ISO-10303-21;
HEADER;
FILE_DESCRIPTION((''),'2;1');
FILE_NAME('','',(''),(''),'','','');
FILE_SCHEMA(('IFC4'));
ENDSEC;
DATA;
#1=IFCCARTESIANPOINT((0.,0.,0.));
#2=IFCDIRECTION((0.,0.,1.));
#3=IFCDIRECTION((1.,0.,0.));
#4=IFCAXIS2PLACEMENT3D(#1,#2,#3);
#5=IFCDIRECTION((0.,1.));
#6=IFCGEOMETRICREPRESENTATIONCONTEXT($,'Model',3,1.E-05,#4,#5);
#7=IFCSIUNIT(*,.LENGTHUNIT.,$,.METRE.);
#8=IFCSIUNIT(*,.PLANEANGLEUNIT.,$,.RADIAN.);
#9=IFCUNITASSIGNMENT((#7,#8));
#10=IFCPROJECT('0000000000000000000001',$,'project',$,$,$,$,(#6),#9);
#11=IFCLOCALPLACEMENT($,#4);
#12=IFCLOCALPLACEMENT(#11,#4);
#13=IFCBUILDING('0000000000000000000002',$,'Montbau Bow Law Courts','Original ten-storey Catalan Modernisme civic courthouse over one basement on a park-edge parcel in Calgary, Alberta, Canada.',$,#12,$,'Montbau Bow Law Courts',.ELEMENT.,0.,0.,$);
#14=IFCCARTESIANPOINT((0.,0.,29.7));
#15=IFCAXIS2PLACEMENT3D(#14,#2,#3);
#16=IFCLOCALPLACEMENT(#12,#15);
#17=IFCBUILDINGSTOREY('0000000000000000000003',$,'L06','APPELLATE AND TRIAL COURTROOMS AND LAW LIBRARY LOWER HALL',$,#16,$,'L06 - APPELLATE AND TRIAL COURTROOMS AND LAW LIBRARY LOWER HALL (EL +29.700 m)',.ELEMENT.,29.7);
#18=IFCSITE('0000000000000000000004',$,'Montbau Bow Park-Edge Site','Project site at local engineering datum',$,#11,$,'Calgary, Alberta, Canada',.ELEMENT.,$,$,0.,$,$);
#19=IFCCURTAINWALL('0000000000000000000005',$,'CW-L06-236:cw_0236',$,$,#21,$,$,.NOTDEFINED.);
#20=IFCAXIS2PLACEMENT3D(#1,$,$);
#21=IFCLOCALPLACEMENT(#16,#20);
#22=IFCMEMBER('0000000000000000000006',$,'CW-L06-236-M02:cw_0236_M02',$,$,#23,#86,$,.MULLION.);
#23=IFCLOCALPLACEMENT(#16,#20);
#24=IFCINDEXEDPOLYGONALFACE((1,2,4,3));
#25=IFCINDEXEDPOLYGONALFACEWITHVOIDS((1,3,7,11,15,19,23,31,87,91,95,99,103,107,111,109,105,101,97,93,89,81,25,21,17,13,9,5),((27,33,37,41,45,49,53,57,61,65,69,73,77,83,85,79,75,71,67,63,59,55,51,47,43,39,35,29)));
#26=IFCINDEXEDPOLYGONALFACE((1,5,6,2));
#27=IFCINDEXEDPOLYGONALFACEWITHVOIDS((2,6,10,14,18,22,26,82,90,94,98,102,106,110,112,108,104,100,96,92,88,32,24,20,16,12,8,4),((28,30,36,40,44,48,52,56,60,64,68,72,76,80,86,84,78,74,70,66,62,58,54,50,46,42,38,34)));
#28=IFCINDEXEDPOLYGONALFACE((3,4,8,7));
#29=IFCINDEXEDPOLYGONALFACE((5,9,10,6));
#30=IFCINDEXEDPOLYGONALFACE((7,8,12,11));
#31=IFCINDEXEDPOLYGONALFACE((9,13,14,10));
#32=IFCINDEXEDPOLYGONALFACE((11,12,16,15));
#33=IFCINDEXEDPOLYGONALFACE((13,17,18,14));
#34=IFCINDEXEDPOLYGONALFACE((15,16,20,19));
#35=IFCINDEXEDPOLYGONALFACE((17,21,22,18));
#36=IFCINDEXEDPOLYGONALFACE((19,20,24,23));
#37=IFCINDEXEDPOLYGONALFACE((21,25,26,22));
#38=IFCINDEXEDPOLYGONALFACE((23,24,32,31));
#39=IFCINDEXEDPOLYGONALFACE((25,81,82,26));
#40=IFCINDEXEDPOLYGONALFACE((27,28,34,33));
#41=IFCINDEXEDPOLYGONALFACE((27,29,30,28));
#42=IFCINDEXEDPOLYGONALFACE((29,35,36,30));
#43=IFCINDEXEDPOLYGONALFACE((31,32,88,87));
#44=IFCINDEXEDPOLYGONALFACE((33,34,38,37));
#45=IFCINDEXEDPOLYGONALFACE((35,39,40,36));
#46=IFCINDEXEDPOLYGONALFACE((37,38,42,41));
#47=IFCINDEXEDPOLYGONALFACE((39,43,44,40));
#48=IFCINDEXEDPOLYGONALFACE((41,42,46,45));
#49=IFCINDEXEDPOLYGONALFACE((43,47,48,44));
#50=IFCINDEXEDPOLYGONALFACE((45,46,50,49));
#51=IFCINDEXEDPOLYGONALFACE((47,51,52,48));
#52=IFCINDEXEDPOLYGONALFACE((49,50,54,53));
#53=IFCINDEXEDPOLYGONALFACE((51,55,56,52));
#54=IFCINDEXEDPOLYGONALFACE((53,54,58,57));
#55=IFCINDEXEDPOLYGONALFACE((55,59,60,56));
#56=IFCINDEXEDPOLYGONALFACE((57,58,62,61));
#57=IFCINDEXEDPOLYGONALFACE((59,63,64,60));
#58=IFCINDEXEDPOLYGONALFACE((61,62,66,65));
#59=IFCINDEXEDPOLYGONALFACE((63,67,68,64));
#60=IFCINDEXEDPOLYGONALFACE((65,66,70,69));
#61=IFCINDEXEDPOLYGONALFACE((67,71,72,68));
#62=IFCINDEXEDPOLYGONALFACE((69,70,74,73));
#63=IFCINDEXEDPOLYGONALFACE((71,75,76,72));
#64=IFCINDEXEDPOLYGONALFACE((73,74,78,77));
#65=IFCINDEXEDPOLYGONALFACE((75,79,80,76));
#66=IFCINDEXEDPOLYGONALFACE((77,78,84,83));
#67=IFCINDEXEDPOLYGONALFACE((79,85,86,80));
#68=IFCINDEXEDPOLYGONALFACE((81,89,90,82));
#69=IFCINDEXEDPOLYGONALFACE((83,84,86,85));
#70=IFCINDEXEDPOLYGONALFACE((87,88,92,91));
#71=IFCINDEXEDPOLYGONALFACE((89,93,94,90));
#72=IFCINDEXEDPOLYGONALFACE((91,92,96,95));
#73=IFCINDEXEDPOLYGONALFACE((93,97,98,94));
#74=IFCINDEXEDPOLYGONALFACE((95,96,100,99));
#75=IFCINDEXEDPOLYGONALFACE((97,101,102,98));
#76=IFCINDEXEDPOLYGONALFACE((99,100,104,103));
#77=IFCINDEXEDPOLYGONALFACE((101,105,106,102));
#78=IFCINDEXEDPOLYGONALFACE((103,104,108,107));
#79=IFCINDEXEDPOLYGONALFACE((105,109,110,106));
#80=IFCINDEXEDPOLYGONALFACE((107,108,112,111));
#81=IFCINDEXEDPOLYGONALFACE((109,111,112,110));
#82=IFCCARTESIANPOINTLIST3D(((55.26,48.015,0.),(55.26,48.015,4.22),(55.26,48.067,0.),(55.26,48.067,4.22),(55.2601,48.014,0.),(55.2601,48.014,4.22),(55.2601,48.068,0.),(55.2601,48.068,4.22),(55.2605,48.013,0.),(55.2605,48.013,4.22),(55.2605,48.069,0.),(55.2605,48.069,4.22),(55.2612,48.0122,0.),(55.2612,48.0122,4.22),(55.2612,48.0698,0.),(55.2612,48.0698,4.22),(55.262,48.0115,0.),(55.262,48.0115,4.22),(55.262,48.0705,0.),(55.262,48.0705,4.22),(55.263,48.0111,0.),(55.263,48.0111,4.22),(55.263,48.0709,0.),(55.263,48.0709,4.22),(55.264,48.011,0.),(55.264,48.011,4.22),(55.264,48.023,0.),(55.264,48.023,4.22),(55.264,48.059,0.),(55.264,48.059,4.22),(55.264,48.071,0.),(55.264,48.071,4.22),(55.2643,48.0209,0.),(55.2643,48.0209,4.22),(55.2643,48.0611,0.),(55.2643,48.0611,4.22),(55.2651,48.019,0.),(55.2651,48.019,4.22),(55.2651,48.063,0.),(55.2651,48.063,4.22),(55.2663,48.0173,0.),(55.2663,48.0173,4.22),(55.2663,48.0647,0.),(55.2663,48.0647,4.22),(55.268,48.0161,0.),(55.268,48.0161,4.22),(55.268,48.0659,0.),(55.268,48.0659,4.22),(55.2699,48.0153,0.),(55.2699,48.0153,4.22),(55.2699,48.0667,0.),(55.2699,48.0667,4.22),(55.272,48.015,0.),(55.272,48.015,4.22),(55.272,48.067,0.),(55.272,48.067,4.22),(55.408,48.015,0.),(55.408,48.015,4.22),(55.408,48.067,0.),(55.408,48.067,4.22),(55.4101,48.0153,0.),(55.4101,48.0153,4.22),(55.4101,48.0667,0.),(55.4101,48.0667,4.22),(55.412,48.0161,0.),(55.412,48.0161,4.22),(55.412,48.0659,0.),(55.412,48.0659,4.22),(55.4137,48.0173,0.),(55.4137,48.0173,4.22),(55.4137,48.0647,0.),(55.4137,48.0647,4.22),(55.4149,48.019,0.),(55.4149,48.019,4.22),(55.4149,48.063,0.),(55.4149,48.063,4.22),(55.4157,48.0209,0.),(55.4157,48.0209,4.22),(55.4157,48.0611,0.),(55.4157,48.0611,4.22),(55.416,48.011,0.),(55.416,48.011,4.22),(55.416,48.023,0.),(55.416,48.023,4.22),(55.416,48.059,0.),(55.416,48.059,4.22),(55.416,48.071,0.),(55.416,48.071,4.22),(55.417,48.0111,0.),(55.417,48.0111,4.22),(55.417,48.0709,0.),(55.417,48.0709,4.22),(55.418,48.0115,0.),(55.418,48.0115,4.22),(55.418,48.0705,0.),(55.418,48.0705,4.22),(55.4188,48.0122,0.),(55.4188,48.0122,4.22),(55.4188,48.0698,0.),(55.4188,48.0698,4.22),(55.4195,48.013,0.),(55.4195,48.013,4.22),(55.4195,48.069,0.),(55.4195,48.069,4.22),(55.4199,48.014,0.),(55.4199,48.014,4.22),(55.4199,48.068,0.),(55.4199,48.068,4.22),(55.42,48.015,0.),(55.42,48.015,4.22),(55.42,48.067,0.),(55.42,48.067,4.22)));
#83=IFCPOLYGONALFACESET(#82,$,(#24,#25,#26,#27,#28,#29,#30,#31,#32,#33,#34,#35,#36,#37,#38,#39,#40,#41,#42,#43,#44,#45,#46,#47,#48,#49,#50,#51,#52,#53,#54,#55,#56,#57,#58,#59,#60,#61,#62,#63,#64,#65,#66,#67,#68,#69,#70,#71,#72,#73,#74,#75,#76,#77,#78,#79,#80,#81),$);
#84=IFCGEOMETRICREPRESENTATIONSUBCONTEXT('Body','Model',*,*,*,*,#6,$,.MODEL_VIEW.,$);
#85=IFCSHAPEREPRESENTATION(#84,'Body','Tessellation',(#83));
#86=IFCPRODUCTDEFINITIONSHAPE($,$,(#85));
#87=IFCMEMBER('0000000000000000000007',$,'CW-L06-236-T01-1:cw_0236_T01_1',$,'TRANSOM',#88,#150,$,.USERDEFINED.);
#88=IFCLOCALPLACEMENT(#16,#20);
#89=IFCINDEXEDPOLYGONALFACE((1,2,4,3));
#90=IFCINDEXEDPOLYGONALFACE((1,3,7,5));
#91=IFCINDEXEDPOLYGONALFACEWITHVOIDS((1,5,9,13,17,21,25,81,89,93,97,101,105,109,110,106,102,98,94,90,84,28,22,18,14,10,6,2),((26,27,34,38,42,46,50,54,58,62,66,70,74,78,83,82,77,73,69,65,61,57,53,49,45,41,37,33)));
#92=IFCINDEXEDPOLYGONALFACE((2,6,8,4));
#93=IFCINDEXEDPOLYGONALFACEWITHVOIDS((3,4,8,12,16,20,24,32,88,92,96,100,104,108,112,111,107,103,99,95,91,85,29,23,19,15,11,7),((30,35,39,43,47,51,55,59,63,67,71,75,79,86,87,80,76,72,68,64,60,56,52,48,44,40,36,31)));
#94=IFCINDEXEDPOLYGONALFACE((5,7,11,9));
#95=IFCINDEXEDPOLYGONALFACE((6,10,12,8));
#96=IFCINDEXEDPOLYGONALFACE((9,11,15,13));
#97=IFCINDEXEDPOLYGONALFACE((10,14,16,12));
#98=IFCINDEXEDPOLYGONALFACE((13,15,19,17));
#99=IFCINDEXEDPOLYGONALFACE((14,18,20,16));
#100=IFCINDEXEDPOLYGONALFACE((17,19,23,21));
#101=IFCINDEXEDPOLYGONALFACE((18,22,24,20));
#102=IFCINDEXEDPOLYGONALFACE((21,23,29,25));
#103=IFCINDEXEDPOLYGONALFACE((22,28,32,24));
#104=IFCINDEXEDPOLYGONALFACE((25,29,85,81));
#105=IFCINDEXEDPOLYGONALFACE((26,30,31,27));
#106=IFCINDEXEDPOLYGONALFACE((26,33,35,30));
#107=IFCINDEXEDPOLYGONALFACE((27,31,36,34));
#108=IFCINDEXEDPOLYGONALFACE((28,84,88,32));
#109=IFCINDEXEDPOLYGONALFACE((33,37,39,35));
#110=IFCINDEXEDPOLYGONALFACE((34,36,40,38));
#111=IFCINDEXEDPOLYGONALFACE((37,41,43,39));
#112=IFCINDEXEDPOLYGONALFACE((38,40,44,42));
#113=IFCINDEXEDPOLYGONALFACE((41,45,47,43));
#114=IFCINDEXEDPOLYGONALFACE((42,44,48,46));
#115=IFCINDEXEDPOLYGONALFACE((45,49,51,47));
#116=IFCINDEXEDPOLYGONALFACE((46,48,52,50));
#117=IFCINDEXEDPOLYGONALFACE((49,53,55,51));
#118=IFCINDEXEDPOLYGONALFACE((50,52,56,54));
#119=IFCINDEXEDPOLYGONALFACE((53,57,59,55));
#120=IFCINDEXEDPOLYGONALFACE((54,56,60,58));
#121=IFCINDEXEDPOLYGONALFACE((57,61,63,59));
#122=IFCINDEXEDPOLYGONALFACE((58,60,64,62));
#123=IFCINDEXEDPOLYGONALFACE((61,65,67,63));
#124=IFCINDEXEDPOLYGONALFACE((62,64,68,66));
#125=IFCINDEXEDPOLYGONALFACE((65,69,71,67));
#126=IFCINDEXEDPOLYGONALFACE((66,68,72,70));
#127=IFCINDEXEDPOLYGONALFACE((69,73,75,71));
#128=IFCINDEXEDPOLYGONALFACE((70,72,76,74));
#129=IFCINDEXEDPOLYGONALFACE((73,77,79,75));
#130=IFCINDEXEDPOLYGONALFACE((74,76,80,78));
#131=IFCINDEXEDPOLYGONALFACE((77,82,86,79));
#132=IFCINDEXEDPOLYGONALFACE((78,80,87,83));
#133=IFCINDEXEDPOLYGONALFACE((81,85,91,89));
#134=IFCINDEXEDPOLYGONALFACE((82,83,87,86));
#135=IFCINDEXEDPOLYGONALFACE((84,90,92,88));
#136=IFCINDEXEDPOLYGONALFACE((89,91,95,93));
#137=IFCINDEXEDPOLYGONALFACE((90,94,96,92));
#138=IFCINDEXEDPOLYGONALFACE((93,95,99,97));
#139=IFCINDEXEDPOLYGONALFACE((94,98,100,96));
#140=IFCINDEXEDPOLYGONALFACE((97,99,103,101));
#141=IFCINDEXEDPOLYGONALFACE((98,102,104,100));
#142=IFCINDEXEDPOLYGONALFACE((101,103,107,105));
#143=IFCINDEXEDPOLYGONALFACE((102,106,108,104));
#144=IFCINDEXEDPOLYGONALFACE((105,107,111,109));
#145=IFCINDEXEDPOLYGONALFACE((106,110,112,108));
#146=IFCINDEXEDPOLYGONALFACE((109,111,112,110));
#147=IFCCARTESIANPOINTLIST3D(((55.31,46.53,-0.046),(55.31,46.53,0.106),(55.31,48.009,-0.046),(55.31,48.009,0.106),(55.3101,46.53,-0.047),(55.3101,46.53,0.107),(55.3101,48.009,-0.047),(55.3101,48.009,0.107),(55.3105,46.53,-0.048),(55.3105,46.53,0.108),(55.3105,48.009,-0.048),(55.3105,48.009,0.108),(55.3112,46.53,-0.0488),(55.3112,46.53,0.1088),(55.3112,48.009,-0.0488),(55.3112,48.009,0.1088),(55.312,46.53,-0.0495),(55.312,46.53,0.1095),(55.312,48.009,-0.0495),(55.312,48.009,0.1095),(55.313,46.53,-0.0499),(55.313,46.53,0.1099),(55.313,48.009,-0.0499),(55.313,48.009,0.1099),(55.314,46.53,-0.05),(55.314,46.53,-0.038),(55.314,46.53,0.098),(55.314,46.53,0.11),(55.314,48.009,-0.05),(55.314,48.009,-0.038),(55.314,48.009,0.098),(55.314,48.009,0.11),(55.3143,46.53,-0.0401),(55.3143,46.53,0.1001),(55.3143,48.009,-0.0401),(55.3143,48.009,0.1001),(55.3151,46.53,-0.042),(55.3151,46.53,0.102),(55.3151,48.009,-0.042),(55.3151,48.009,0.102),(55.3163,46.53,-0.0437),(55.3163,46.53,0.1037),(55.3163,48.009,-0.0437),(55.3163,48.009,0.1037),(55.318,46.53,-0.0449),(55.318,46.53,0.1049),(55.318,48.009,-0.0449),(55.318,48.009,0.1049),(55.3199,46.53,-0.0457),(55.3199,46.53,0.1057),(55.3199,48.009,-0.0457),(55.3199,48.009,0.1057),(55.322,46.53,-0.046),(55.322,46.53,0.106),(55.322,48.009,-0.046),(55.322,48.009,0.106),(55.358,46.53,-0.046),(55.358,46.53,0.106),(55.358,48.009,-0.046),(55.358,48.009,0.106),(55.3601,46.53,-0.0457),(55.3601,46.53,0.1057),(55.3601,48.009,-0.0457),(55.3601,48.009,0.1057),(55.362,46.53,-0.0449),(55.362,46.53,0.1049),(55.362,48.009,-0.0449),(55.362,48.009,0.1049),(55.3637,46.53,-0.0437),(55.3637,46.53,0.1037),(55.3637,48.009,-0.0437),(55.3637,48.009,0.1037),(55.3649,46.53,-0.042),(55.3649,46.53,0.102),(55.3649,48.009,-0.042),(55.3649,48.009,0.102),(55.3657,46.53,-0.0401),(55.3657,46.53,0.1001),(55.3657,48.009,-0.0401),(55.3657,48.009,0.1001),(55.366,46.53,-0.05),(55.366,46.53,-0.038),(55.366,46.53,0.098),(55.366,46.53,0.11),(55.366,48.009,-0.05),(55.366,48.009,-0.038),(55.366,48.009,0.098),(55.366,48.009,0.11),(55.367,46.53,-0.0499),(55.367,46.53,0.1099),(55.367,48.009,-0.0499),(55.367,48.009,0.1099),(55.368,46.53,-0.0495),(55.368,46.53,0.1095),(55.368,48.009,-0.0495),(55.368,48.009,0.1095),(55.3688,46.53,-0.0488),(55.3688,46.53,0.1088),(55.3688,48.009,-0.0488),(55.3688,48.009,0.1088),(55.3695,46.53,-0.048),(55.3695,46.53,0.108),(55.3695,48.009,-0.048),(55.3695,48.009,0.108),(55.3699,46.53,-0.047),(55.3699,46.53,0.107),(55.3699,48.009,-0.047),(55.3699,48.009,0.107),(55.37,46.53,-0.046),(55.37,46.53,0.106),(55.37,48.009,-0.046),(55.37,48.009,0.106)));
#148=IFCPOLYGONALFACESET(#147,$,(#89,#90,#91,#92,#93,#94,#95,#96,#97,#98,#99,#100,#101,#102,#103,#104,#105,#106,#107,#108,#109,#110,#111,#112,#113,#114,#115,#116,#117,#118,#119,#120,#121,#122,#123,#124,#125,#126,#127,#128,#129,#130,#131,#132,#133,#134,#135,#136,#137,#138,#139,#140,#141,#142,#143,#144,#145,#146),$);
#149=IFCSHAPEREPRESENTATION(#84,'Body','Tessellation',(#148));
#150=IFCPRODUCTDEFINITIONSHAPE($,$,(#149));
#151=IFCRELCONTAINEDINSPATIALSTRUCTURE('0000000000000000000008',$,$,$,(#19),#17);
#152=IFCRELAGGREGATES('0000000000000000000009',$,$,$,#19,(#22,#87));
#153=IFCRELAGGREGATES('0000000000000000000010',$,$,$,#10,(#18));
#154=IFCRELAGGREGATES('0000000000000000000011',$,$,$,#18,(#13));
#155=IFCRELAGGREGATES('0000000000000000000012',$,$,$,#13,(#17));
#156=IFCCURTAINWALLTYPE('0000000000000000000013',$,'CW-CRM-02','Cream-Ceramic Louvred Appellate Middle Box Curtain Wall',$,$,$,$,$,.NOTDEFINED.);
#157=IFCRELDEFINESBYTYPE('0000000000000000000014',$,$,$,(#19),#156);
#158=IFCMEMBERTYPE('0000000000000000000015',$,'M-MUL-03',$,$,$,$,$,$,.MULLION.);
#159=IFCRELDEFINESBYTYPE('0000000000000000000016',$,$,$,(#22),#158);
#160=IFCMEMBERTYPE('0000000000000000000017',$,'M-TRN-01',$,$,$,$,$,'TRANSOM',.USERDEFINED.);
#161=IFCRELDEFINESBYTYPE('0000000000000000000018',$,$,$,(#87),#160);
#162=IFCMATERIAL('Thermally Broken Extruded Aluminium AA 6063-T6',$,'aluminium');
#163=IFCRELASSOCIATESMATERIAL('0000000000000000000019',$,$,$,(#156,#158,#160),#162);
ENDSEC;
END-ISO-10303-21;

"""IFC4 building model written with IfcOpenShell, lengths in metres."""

from ifc_helpers import new_model, si_unit, direction, frame, origin_with_axes, origin_2d_with_axis, place, context, subcontext, project, spatial, hollow_rectangle, extrude, material, material_profile, profile_set, type_object, element, aggregate, save


model = new_model("IFC4")

# Units and contexts
model_context = context("Model", 3, precision=1e-05, world=origin_with_axes(), true_north=direction((0.0, 1.0)))
body_context = subcontext(model_context, "Body", "Model", "MODEL_VIEW")
ifc_project = project(units=[si_unit("LENGTHUNIT", "METRE"), si_unit("PLANEANGLEUNIT", "RADIAN")], contexts=[model_context])

# Site, building, storey
site_placement = place(None, origin_with_axes())
site = spatial("IfcSite", under=ifc_project, at=site_placement, Name="Montbau Bow Park-Edge Site", Description="Project site at local engineering datum", LongName="Calgary, Alberta, Canada", CompositionType="ELEMENT", RefElevation=0.0)
building_placement = place(site_placement, origin_with_axes())
building = spatial("IfcBuilding", under=site, at=building_placement, Name="Montbau Bow Law Courts", Description="Original ten-storey Catalan Modernisme civic courthouse over one basement on a park-edge parcel in Calgary, Alberta, Canada.", LongName="Montbau Bow Law Courts", CompositionType="ELEMENT", ElevationOfRefHeight=0.0, ElevationOfTerrain=0.0)
storey_placement = place(building_placement, frame((0.0, 0.0, 29.7), z_axis=(0.0, 0.0, 1.0), x_axis=(1.0, 0.0, 0.0)))
storey = spatial("IfcBuildingStorey", under=building, at=storey_placement, Name="L06", Description="APPELLATE AND TRIAL COURTROOMS AND LAW LIBRARY LOWER HALL", LongName="L06 - APPELLATE AND TRIAL COURTROOMS AND LAW LIBRARY LOWER HALL (EL +29.700 m)", CompositionType="ELEMENT", Elevation=29.7)

# Shared definitions
ifc_material_1 = material(Name="Thermally Broken Extruded Aluminium AA 6063-T6", Category="aluminium")
curtain_wall_type = type_object("IfcCurtainWallType", Name="CW-CRM-02", Description="Cream-Ceramic Louvred Appellate Middle Box Curtain Wall", PredefinedType="NOTDEFINED", material=ifc_material_1)

# Curtain wall, members
curtain_wall_1_placement = place(None, frame((55.34, 46.468, 29.7), z_axis=(0.0, 0.0, 1.0), x_axis=(1.0, 0.0, 0.0)))
curtain_wall_1 = element("IfcCurtainWall", 1, at=curtain_wall_1_placement, inside=storey, type_object=curtain_wall_type, Name="CW-L06-236:cw_0236", PredefinedType="NOTDEFINED")
ifc_material_profile_1 = material_profile(ifc_material_1, hollow_rectangle(XDim=0.06, YDim=0.16, WallThickness=0.004, InnerFilletRadius=0.008, OuterFilletRadius=0.004, at=origin_2d_with_axis()), Name="CWM-160X60", Category="Main", Priority=0)
ifc_profile_set_1 = profile_set([ifc_material_profile_1], Name="Thermally Broken Extruded Aluminium AA 6063-T6")
member_type_1 = type_object("IfcMemberType", Name="M-MUL-03", PredefinedType="MULLION", material=ifc_profile_set_1)
member_1_placement = place(None, frame((55.34, 48.041, 29.7), z_axis=(0.0, 0.0, 1.0), x_axis=(0.0, 1.0, 0.0)))
member_1 = element("IfcMember", 2, at=member_1_placement, type_object=member_type_1, Name="CW-L06-236-M02:cw_0236_M02", PredefinedType="MULLION", context=body_context, shape_type="SweptSolid", body=[
    extrude(hollow_rectangle(XDim=0.06, YDim=0.16, WallThickness=0.004, InnerFilletRadius=0.008, OuterFilletRadius=0.004, at=origin_2d_with_axis()), origin_with_axes(), (0.0, 0.0, 1.0), 4.22),
])
ifc_material_profile_2 = material_profile(ifc_material_1, hollow_rectangle(XDim=0.06, YDim=0.16, WallThickness=0.004, InnerFilletRadius=0.008, OuterFilletRadius=0.004, at=origin_2d_with_axis()), Name="CWT-160X60", Category="Main", Priority=0)
ifc_profile_set_2 = profile_set([ifc_material_profile_2], Name="Thermally Broken Extruded Aluminium AA 6063-T6")
member_type_2 = type_object("IfcMemberType", Name="M-TRN-01", ElementType="TRANSOM", PredefinedType="USERDEFINED", material=ifc_profile_set_2)
member_2_placement = place(None, frame((55.34, 46.53, 29.73), z_axis=(0.0, 1.0, 0.0), x_axis=(-1.0, 0.0, 0.0)))
member_2 = element("IfcMember", 3, at=member_2_placement, type_object=member_type_2, Name="CW-L06-236-T01-1:cw_0236_T01_1", ObjectType="TRANSOM", PredefinedType="USERDEFINED", context=body_context, shape_type="SweptSolid", body=[
    extrude(hollow_rectangle(XDim=0.06, YDim=0.16, WallThickness=0.004, InnerFilletRadius=0.008, OuterFilletRadius=0.004, at=origin_2d_with_axis()), origin_with_axes(), (0.0, 0.0, 1.0), 1.479),
])

aggregate(curtain_wall_1, [member_1, member_2])

save(model, "model.ifc")
